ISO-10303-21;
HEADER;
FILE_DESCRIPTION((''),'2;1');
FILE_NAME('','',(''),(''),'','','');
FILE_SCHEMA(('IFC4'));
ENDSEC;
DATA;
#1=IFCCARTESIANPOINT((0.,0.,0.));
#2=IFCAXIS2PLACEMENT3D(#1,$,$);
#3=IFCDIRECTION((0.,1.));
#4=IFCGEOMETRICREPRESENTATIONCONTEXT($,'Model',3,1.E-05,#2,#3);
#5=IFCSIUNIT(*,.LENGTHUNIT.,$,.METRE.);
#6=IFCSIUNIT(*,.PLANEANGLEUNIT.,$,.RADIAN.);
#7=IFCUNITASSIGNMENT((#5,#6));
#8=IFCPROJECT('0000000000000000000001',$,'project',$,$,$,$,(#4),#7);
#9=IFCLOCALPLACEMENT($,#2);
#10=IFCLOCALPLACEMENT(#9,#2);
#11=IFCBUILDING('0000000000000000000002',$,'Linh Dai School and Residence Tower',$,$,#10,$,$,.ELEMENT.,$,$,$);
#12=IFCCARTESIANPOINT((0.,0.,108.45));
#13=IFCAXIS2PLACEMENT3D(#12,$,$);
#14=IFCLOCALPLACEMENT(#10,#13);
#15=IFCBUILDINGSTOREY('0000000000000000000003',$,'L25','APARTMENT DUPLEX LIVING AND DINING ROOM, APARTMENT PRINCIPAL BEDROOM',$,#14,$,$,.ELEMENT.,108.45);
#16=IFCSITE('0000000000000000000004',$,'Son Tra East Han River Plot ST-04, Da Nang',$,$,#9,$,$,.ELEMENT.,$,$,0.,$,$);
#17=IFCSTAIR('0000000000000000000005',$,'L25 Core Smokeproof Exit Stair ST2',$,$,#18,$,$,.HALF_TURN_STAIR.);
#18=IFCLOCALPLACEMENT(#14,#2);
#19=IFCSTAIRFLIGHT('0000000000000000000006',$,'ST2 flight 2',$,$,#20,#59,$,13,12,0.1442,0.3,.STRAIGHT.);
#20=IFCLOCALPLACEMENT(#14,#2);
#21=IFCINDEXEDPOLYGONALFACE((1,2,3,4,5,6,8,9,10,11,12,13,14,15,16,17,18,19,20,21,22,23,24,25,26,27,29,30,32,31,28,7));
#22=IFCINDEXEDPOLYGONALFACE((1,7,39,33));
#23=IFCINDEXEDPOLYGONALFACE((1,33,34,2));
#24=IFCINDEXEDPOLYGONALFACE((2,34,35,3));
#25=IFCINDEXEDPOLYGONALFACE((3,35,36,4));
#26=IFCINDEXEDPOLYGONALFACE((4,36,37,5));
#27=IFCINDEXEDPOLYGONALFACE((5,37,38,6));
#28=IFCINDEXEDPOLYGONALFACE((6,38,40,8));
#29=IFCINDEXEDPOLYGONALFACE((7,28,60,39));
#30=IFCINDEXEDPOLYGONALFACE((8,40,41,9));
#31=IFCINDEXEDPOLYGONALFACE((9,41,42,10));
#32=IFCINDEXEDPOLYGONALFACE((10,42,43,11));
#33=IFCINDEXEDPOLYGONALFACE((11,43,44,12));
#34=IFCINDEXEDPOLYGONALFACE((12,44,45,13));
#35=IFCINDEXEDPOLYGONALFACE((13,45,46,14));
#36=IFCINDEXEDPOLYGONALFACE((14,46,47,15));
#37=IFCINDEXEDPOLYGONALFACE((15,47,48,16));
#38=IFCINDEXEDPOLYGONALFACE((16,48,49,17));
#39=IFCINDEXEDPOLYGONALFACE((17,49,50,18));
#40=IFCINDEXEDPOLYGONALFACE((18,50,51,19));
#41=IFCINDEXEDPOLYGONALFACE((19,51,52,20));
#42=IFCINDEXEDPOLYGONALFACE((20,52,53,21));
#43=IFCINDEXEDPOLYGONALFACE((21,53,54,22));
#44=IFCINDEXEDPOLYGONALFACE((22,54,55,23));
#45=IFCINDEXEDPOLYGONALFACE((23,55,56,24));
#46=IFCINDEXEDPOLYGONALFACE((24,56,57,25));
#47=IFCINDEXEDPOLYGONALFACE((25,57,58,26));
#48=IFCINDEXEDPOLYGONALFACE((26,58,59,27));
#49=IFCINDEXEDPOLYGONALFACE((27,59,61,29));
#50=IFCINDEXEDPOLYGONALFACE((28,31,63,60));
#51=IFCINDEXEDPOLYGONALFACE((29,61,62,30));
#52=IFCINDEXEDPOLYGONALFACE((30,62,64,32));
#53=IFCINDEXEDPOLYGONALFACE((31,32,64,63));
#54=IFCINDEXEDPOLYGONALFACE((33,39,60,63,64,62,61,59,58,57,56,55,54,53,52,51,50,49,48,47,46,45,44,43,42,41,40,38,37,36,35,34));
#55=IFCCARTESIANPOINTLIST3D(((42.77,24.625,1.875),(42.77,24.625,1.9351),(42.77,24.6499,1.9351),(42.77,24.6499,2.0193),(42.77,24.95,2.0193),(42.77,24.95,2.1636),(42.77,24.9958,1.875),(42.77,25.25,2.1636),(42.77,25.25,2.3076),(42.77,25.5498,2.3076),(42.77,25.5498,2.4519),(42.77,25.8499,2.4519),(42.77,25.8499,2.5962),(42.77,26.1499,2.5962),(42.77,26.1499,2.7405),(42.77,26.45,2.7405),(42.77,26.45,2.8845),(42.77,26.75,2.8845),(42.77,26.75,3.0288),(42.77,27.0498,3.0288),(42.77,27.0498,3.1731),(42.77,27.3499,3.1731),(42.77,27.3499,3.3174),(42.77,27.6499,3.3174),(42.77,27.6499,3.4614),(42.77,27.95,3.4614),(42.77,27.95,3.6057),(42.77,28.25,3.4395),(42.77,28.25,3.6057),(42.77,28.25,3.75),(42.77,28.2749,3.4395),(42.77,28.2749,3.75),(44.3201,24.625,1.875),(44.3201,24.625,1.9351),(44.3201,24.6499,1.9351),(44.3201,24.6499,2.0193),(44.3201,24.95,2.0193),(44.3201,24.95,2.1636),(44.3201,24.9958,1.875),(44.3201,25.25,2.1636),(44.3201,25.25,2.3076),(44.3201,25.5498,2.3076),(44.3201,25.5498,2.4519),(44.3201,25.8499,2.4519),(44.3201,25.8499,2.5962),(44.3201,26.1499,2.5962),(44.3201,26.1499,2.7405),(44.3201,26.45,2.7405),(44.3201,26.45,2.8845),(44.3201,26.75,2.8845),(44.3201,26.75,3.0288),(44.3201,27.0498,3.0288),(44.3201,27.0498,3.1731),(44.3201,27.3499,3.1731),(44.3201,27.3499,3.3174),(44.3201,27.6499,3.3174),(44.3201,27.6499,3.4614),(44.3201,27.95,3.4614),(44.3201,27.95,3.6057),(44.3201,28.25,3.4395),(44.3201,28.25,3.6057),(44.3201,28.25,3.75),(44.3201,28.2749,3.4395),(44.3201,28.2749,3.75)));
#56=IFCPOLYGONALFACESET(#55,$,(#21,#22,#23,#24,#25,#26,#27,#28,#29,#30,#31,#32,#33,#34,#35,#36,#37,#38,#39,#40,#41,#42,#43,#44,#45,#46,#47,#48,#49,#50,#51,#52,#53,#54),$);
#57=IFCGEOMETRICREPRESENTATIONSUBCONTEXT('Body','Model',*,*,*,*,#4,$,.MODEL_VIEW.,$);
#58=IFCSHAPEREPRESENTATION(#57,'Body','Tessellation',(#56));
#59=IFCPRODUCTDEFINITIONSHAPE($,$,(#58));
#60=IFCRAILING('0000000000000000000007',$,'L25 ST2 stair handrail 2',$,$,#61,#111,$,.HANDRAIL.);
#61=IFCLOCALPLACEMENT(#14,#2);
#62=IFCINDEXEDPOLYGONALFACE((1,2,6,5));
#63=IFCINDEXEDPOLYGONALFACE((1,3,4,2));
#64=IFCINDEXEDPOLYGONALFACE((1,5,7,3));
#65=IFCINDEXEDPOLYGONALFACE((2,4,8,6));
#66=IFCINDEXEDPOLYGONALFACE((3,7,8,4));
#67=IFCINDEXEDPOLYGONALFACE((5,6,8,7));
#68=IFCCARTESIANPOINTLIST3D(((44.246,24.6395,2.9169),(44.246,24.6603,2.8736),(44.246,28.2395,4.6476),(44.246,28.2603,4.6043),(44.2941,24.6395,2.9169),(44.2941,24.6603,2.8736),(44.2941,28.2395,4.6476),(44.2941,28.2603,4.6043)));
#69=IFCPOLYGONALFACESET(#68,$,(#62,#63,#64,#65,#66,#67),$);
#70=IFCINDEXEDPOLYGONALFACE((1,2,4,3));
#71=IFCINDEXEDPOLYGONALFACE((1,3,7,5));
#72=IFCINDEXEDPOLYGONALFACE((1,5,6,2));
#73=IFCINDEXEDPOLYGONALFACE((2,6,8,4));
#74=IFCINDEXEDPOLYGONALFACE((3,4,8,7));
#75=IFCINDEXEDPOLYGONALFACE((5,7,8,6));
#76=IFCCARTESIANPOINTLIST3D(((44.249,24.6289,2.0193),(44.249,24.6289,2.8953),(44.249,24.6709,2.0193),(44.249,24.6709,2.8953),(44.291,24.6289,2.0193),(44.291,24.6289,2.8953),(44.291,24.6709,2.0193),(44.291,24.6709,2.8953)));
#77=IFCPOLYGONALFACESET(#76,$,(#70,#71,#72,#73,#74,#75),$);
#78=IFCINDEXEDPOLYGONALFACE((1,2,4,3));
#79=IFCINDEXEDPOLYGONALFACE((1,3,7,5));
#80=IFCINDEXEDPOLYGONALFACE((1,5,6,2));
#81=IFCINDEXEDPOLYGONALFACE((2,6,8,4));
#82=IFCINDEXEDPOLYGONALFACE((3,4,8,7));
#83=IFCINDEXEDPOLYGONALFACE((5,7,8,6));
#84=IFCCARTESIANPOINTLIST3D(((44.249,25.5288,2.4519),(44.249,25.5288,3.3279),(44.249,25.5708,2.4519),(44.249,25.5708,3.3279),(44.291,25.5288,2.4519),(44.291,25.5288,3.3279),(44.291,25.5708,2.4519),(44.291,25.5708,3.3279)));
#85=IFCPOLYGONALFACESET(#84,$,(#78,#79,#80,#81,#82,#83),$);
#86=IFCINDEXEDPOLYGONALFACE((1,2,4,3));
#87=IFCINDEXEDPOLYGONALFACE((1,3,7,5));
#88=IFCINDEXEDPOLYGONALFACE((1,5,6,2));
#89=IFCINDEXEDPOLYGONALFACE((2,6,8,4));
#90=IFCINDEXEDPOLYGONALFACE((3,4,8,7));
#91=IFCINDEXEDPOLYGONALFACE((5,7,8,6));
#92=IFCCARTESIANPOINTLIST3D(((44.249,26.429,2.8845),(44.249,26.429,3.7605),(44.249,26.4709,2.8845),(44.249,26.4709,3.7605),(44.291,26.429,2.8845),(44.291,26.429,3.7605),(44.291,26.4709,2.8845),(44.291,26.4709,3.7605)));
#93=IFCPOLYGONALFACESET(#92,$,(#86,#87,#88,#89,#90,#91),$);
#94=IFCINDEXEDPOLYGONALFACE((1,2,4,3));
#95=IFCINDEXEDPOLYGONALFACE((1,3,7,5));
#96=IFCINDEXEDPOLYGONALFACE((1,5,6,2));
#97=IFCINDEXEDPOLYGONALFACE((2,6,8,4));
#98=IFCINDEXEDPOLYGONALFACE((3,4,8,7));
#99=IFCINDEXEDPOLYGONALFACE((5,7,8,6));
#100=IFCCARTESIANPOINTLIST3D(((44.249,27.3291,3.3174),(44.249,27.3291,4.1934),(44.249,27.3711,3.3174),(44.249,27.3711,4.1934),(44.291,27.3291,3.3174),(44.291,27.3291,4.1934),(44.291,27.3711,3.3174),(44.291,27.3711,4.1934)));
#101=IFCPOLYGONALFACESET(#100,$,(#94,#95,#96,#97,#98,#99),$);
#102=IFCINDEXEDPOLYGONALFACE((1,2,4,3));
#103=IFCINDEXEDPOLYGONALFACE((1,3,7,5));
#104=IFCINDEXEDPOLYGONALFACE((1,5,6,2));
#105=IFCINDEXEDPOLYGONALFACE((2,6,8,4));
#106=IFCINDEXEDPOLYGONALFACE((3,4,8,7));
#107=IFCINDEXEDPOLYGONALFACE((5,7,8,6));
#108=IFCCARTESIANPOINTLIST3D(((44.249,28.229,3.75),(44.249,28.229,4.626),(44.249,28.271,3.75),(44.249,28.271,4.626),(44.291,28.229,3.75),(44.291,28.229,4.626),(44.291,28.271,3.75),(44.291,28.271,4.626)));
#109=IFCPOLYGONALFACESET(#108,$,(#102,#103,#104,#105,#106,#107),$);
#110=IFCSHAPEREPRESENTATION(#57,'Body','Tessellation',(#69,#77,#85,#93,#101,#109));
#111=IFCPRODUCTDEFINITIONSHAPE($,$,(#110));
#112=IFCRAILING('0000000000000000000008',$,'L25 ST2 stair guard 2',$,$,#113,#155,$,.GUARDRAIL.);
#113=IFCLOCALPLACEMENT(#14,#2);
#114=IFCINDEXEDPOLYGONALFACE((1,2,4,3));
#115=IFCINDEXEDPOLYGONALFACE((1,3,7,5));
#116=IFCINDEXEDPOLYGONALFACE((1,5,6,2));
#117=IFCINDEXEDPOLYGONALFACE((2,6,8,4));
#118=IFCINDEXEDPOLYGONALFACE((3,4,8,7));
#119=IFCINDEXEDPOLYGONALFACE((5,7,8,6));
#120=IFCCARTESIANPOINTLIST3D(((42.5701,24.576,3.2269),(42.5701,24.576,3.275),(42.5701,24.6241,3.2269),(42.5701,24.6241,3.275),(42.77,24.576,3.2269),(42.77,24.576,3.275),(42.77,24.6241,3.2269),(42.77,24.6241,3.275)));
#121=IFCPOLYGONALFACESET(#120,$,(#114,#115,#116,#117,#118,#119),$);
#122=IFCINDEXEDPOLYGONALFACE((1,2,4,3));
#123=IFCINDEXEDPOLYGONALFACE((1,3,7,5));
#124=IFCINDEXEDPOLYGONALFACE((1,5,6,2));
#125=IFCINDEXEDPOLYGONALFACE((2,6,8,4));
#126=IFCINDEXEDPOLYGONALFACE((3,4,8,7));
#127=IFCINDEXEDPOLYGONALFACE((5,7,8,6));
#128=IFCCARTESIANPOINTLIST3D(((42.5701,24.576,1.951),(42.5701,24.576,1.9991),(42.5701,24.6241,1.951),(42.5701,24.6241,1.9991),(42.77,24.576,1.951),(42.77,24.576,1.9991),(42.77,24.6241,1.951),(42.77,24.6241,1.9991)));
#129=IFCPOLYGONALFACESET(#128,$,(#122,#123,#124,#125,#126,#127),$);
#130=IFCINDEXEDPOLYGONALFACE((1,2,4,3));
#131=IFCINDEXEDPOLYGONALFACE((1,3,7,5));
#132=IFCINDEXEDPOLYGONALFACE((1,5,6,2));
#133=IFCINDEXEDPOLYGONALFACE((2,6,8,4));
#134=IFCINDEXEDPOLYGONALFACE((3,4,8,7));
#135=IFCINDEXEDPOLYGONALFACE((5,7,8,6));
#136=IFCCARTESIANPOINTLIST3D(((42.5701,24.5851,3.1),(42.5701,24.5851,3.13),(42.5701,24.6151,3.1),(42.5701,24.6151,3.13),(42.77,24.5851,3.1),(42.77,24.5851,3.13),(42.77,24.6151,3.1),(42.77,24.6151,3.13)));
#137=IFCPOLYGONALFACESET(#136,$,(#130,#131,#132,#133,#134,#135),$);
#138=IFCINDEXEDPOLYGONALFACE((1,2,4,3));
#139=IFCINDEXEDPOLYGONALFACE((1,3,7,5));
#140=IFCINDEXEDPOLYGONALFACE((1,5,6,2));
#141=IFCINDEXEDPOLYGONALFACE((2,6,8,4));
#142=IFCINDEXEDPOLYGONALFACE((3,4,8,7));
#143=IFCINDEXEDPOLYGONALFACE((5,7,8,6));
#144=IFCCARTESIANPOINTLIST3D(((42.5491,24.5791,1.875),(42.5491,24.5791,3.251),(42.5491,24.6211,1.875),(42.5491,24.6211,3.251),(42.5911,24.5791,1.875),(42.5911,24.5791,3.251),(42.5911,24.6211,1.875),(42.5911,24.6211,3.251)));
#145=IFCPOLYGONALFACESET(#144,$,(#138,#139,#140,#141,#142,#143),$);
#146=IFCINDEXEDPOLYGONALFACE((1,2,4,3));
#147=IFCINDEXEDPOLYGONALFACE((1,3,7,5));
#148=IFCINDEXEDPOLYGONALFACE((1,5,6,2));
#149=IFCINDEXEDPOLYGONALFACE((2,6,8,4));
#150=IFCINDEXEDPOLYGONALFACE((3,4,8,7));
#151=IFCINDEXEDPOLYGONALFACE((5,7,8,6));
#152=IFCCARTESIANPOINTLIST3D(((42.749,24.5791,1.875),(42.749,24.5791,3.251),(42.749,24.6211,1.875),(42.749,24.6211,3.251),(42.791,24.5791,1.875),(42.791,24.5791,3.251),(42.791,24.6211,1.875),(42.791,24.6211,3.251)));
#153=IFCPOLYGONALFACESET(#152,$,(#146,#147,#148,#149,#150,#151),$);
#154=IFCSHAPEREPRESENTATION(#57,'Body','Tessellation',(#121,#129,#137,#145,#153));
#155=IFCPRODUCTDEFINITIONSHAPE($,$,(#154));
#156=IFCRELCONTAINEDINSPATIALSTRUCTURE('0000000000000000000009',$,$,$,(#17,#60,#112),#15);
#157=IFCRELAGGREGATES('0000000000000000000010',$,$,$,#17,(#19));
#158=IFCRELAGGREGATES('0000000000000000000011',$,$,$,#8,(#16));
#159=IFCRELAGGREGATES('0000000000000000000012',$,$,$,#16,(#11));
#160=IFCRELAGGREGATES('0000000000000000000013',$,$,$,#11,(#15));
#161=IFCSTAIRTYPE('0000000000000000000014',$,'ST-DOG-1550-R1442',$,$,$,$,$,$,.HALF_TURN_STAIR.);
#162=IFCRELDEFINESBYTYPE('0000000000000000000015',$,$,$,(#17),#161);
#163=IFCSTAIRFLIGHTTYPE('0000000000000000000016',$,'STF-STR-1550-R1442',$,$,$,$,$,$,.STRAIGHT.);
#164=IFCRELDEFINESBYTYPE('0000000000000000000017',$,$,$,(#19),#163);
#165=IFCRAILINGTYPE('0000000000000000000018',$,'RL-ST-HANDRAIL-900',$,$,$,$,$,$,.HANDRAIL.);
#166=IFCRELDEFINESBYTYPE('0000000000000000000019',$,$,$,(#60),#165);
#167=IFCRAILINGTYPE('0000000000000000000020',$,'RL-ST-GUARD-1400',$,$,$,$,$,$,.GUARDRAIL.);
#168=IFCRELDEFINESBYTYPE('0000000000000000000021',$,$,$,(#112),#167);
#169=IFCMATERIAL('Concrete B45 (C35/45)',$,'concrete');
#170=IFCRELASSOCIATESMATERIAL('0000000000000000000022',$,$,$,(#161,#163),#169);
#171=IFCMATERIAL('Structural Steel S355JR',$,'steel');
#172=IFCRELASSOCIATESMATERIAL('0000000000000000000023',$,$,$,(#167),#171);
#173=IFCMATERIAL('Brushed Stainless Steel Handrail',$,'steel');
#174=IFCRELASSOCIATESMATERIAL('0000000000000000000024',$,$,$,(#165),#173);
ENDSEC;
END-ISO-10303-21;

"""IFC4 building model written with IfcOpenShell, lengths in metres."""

from ifc_helpers import new_model, si_unit, direction, frame, origin, origin_2d, place, context, subcontext, project, spatial, polyline, rectangle, outline, extrude, source, transform, mapped, material, type_object, element, aggregate, save


model = new_model("IFC4")

# Units and contexts
model_context = context("Model", 3, precision=1e-05, world=origin(), true_north=direction((0.0, 1.0)))
body_context = subcontext(model_context, "Body", "Model", "MODEL_VIEW")
ifc_project = project(units=[si_unit("LENGTHUNIT", "METRE"), si_unit("PLANEANGLEUNIT", "RADIAN")], contexts=[model_context])

# Site, building, storey
site_placement = place(None, origin())
site = spatial("IfcSite", under=ifc_project, at=site_placement, Name="Son Tra East Han River Plot ST-04, Da Nang", CompositionType="ELEMENT", RefElevation=0.0)
building_placement = place(site_placement, origin())
building = spatial("IfcBuilding", under=site, at=building_placement, Name="Linh Dai School and Residence Tower", CompositionType="ELEMENT")
storey_placement = place(building_placement, frame((0.0, 0.0, 108.45)))
storey = spatial("IfcBuildingStorey", under=building, at=storey_placement, Name="L25", Description="APARTMENT DUPLEX LIVING AND DINING ROOM, APARTMENT PRINCIPAL BEDROOM", CompositionType="ELEMENT", Elevation=108.45)

# Shared definitions
ifc_material_1 = material(Name="Structural Steel S355JR", Category="steel")

# Shared definitions
ifc_material_2 = material(Name="Concrete B45 (C35/45)", Category="concrete")

# Stair, stair flight
stair_type = type_object("IfcStairType", Name="ST-DOG-1550-R1442", PredefinedType="HALF_TURN_STAIR", material=ifc_material_2)
stair_placement = place(storey_placement, origin())
stair = element("IfcStair", 1, at=stair_placement, inside=storey, type_object=stair_type, Name="L25 Core Smokeproof Exit Stair ST2", PredefinedType="HALF_TURN_STAIR")
stair_flight_type = type_object("IfcStairFlightType", Name="STF-STR-1550-R1442", PredefinedType="STRAIGHT", material=ifc_material_2)
shared_shape_1 = source(origin(), body_context, "Body", "SweptSolid", [
    extrude(outline(polyline([(-0.0249, 0.0), (-0.0249, 0.0601), (0.0, 0.0601), (0.0, 0.1443), (0.3, 0.1443), (0.3, 0.2886), (0.6001, 0.2886), (0.6001, 0.4326), (0.8999, 0.4326), (0.8999, 0.5769), (1.2, 0.5769), (1.2, 0.7212), (1.5, 0.7212), (1.5, 0.8655), (1.8, 0.8655), (1.8, 1.0095), (2.1001, 1.0095), (2.1001, 1.1538), (2.3999, 1.1538), (2.3999, 1.2981), (2.7, 1.2981), (2.7, 1.4424), (3.0, 1.4424), (3.0, 1.5864), (3.3, 1.5864), (3.3, 1.7307), (3.6001, 1.7307), (3.6001, 1.875), (3.625, 1.875), (3.625, 1.5645), (3.6001, 1.5645), (0.3459, 0.0), (-0.0249, 0.0)])), frame((0.0, 0.7749, 0.0), z_axis=(0.0, -1.0, 0.0), x_axis=(1.0, 0.0, 0.0)), (0.0, 0.0, 1.0), 1.55),
])
stair_flight_placement = place(storey_placement, frame((43.5449, 24.6499, 1.875), z_axis=(0.0, 0.0, 1.0), x_axis=(0.0, 1.0, 0.0)))
stair_flight = element("IfcStairFlight", 2, at=stair_flight_placement, type_object=stair_flight_type, Name="ST2 flight 2", NumberOfRisers=13, NumberOfTreads=12, PredefinedType="STRAIGHT", RiserHeight=0.1442, TreadLength=0.3, context=body_context, shape_type="MappedRepresentation", body=[
    mapped(shared_shape_1, transform((0.0, 0.0, 0.0), x_axis=(1.0, 0.0, 0.0), y_axis=(0.0, 1.0, 0.0), z_axis=(0.0, 0.0, 1.0), scale=1.0)),
])
aggregate(stair, [stair_flight])

# Railings
railing_type_1 = type_object("IfcRailingType", Name="RL-ST-GUARD-1400", PredefinedType="GUARDRAIL", material=ifc_material_1)
ifc_material_3 = material(Name="Brushed Stainless Steel Handrail", Category="steel")
railing_type_2 = type_object("IfcRailingType", Name="RL-ST-HANDRAIL-900", PredefinedType="HANDRAIL", material=ifc_material_3)
shared_shape_2 = source(origin(), body_context, "Body", "SweptSolid", [
    extrude(rectangle(XDim=0.0481, YDim=0.0481, at=origin_2d()), frame((0.0, 0.0, 0.876), z_axis=(0.0, 0.901263, 0.433273), x_axis=(-1.0, 0.0, 0.0)), (0.0, 0.0, 1.0), 3.9944),
    extrude(rectangle(XDim=0.042, YDim=0.042, at=origin_2d()), origin(), (0.0, 0.0, 1.0), 0.876),
    extrude(rectangle(XDim=0.042, YDim=0.042, at=origin_2d()), frame((0.0, 0.8999, 0.4326)), (0.0, 0.0, 1.0), 0.876),
    extrude(rectangle(XDim=0.042, YDim=0.042, at=origin_2d()), frame((0.0, 1.8, 0.8652)), (0.0, 0.0, 1.0), 0.876),
    extrude(rectangle(XDim=0.042, YDim=0.042, at=origin_2d()), frame((0.0, 2.7002, 1.2981)), (0.0, 0.0, 1.0), 0.876),
    extrude(rectangle(XDim=0.042, YDim=0.042, at=origin_2d()), frame((0.0, 3.6001, 1.7307)), (0.0, 0.0, 1.0), 0.876),
])
railing_1_placement = place(storey_placement, frame((44.27, 24.6499, 2.0193)))
element("IfcRailing", 3, at=railing_1_placement, inside=storey, type_object=railing_type_2, Name="L25 ST2 stair handrail 2", PredefinedType="HANDRAIL", context=body_context, shape_type="MappedRepresentation", body=[
    mapped(shared_shape_2, transform((0.0, 0.0, 0.0), x_axis=(1.0, 0.0, 0.0), y_axis=(0.0, 1.0, 0.0), z_axis=(0.0, 0.0, 1.0), scale=1.0)),
])
shared_shape_3 = source(origin(), body_context, "Body", "SweptSolid", [
    extrude(rectangle(XDim=0.0481, YDim=0.0481, at=origin_2d()), frame((0.0, 0.0, 1.376), z_axis=(1.0, 0.0, 0.0), x_axis=(0.0, 1.0, 0.0)), (0.0, 0.0, 1.0), 0.2),
    extrude(rectangle(XDim=0.0481, YDim=0.0481, at=origin_2d()), frame((0.0, 0.0, 0.1001), z_axis=(1.0, 0.0, 0.0), x_axis=(0.0, 1.0, 0.0)), (0.0, 0.0, 1.0), 0.2),
    extrude(rectangle(XDim=0.03, YDim=0.03, at=origin_2d()), frame((0.0, 0.0, 1.24), z_axis=(1.0, 0.0, 0.0), x_axis=(0.0, 1.0, 0.0)), (0.0, 0.0, 1.0), 0.2),
    extrude(rectangle(XDim=0.042, YDim=0.042, at=origin_2d()), origin(), (0.0, 0.0, 1.0), 1.376),
    extrude(rectangle(XDim=0.042, YDim=0.042, at=origin_2d()), frame((0.2, 0.0, 0.0)), (0.0, 0.0, 1.0), 1.376),
])
railing_2_placement = place(storey_placement, frame((42.5701, 24.6001, 1.875)))
element("IfcRailing", 4, at=railing_2_placement, inside=storey, type_object=railing_type_1, Name="L25 ST2 stair guard 2", PredefinedType="GUARDRAIL", context=body_context, shape_type="MappedRepresentation", body=[
    mapped(shared_shape_3, transform((0.0, 0.0, 0.0), x_axis=(1.0, 0.0, 0.0), y_axis=(0.0, 1.0, 0.0), z_axis=(0.0, 0.0, 1.0), scale=1.0)),
])

save(model, "model.ifc")
